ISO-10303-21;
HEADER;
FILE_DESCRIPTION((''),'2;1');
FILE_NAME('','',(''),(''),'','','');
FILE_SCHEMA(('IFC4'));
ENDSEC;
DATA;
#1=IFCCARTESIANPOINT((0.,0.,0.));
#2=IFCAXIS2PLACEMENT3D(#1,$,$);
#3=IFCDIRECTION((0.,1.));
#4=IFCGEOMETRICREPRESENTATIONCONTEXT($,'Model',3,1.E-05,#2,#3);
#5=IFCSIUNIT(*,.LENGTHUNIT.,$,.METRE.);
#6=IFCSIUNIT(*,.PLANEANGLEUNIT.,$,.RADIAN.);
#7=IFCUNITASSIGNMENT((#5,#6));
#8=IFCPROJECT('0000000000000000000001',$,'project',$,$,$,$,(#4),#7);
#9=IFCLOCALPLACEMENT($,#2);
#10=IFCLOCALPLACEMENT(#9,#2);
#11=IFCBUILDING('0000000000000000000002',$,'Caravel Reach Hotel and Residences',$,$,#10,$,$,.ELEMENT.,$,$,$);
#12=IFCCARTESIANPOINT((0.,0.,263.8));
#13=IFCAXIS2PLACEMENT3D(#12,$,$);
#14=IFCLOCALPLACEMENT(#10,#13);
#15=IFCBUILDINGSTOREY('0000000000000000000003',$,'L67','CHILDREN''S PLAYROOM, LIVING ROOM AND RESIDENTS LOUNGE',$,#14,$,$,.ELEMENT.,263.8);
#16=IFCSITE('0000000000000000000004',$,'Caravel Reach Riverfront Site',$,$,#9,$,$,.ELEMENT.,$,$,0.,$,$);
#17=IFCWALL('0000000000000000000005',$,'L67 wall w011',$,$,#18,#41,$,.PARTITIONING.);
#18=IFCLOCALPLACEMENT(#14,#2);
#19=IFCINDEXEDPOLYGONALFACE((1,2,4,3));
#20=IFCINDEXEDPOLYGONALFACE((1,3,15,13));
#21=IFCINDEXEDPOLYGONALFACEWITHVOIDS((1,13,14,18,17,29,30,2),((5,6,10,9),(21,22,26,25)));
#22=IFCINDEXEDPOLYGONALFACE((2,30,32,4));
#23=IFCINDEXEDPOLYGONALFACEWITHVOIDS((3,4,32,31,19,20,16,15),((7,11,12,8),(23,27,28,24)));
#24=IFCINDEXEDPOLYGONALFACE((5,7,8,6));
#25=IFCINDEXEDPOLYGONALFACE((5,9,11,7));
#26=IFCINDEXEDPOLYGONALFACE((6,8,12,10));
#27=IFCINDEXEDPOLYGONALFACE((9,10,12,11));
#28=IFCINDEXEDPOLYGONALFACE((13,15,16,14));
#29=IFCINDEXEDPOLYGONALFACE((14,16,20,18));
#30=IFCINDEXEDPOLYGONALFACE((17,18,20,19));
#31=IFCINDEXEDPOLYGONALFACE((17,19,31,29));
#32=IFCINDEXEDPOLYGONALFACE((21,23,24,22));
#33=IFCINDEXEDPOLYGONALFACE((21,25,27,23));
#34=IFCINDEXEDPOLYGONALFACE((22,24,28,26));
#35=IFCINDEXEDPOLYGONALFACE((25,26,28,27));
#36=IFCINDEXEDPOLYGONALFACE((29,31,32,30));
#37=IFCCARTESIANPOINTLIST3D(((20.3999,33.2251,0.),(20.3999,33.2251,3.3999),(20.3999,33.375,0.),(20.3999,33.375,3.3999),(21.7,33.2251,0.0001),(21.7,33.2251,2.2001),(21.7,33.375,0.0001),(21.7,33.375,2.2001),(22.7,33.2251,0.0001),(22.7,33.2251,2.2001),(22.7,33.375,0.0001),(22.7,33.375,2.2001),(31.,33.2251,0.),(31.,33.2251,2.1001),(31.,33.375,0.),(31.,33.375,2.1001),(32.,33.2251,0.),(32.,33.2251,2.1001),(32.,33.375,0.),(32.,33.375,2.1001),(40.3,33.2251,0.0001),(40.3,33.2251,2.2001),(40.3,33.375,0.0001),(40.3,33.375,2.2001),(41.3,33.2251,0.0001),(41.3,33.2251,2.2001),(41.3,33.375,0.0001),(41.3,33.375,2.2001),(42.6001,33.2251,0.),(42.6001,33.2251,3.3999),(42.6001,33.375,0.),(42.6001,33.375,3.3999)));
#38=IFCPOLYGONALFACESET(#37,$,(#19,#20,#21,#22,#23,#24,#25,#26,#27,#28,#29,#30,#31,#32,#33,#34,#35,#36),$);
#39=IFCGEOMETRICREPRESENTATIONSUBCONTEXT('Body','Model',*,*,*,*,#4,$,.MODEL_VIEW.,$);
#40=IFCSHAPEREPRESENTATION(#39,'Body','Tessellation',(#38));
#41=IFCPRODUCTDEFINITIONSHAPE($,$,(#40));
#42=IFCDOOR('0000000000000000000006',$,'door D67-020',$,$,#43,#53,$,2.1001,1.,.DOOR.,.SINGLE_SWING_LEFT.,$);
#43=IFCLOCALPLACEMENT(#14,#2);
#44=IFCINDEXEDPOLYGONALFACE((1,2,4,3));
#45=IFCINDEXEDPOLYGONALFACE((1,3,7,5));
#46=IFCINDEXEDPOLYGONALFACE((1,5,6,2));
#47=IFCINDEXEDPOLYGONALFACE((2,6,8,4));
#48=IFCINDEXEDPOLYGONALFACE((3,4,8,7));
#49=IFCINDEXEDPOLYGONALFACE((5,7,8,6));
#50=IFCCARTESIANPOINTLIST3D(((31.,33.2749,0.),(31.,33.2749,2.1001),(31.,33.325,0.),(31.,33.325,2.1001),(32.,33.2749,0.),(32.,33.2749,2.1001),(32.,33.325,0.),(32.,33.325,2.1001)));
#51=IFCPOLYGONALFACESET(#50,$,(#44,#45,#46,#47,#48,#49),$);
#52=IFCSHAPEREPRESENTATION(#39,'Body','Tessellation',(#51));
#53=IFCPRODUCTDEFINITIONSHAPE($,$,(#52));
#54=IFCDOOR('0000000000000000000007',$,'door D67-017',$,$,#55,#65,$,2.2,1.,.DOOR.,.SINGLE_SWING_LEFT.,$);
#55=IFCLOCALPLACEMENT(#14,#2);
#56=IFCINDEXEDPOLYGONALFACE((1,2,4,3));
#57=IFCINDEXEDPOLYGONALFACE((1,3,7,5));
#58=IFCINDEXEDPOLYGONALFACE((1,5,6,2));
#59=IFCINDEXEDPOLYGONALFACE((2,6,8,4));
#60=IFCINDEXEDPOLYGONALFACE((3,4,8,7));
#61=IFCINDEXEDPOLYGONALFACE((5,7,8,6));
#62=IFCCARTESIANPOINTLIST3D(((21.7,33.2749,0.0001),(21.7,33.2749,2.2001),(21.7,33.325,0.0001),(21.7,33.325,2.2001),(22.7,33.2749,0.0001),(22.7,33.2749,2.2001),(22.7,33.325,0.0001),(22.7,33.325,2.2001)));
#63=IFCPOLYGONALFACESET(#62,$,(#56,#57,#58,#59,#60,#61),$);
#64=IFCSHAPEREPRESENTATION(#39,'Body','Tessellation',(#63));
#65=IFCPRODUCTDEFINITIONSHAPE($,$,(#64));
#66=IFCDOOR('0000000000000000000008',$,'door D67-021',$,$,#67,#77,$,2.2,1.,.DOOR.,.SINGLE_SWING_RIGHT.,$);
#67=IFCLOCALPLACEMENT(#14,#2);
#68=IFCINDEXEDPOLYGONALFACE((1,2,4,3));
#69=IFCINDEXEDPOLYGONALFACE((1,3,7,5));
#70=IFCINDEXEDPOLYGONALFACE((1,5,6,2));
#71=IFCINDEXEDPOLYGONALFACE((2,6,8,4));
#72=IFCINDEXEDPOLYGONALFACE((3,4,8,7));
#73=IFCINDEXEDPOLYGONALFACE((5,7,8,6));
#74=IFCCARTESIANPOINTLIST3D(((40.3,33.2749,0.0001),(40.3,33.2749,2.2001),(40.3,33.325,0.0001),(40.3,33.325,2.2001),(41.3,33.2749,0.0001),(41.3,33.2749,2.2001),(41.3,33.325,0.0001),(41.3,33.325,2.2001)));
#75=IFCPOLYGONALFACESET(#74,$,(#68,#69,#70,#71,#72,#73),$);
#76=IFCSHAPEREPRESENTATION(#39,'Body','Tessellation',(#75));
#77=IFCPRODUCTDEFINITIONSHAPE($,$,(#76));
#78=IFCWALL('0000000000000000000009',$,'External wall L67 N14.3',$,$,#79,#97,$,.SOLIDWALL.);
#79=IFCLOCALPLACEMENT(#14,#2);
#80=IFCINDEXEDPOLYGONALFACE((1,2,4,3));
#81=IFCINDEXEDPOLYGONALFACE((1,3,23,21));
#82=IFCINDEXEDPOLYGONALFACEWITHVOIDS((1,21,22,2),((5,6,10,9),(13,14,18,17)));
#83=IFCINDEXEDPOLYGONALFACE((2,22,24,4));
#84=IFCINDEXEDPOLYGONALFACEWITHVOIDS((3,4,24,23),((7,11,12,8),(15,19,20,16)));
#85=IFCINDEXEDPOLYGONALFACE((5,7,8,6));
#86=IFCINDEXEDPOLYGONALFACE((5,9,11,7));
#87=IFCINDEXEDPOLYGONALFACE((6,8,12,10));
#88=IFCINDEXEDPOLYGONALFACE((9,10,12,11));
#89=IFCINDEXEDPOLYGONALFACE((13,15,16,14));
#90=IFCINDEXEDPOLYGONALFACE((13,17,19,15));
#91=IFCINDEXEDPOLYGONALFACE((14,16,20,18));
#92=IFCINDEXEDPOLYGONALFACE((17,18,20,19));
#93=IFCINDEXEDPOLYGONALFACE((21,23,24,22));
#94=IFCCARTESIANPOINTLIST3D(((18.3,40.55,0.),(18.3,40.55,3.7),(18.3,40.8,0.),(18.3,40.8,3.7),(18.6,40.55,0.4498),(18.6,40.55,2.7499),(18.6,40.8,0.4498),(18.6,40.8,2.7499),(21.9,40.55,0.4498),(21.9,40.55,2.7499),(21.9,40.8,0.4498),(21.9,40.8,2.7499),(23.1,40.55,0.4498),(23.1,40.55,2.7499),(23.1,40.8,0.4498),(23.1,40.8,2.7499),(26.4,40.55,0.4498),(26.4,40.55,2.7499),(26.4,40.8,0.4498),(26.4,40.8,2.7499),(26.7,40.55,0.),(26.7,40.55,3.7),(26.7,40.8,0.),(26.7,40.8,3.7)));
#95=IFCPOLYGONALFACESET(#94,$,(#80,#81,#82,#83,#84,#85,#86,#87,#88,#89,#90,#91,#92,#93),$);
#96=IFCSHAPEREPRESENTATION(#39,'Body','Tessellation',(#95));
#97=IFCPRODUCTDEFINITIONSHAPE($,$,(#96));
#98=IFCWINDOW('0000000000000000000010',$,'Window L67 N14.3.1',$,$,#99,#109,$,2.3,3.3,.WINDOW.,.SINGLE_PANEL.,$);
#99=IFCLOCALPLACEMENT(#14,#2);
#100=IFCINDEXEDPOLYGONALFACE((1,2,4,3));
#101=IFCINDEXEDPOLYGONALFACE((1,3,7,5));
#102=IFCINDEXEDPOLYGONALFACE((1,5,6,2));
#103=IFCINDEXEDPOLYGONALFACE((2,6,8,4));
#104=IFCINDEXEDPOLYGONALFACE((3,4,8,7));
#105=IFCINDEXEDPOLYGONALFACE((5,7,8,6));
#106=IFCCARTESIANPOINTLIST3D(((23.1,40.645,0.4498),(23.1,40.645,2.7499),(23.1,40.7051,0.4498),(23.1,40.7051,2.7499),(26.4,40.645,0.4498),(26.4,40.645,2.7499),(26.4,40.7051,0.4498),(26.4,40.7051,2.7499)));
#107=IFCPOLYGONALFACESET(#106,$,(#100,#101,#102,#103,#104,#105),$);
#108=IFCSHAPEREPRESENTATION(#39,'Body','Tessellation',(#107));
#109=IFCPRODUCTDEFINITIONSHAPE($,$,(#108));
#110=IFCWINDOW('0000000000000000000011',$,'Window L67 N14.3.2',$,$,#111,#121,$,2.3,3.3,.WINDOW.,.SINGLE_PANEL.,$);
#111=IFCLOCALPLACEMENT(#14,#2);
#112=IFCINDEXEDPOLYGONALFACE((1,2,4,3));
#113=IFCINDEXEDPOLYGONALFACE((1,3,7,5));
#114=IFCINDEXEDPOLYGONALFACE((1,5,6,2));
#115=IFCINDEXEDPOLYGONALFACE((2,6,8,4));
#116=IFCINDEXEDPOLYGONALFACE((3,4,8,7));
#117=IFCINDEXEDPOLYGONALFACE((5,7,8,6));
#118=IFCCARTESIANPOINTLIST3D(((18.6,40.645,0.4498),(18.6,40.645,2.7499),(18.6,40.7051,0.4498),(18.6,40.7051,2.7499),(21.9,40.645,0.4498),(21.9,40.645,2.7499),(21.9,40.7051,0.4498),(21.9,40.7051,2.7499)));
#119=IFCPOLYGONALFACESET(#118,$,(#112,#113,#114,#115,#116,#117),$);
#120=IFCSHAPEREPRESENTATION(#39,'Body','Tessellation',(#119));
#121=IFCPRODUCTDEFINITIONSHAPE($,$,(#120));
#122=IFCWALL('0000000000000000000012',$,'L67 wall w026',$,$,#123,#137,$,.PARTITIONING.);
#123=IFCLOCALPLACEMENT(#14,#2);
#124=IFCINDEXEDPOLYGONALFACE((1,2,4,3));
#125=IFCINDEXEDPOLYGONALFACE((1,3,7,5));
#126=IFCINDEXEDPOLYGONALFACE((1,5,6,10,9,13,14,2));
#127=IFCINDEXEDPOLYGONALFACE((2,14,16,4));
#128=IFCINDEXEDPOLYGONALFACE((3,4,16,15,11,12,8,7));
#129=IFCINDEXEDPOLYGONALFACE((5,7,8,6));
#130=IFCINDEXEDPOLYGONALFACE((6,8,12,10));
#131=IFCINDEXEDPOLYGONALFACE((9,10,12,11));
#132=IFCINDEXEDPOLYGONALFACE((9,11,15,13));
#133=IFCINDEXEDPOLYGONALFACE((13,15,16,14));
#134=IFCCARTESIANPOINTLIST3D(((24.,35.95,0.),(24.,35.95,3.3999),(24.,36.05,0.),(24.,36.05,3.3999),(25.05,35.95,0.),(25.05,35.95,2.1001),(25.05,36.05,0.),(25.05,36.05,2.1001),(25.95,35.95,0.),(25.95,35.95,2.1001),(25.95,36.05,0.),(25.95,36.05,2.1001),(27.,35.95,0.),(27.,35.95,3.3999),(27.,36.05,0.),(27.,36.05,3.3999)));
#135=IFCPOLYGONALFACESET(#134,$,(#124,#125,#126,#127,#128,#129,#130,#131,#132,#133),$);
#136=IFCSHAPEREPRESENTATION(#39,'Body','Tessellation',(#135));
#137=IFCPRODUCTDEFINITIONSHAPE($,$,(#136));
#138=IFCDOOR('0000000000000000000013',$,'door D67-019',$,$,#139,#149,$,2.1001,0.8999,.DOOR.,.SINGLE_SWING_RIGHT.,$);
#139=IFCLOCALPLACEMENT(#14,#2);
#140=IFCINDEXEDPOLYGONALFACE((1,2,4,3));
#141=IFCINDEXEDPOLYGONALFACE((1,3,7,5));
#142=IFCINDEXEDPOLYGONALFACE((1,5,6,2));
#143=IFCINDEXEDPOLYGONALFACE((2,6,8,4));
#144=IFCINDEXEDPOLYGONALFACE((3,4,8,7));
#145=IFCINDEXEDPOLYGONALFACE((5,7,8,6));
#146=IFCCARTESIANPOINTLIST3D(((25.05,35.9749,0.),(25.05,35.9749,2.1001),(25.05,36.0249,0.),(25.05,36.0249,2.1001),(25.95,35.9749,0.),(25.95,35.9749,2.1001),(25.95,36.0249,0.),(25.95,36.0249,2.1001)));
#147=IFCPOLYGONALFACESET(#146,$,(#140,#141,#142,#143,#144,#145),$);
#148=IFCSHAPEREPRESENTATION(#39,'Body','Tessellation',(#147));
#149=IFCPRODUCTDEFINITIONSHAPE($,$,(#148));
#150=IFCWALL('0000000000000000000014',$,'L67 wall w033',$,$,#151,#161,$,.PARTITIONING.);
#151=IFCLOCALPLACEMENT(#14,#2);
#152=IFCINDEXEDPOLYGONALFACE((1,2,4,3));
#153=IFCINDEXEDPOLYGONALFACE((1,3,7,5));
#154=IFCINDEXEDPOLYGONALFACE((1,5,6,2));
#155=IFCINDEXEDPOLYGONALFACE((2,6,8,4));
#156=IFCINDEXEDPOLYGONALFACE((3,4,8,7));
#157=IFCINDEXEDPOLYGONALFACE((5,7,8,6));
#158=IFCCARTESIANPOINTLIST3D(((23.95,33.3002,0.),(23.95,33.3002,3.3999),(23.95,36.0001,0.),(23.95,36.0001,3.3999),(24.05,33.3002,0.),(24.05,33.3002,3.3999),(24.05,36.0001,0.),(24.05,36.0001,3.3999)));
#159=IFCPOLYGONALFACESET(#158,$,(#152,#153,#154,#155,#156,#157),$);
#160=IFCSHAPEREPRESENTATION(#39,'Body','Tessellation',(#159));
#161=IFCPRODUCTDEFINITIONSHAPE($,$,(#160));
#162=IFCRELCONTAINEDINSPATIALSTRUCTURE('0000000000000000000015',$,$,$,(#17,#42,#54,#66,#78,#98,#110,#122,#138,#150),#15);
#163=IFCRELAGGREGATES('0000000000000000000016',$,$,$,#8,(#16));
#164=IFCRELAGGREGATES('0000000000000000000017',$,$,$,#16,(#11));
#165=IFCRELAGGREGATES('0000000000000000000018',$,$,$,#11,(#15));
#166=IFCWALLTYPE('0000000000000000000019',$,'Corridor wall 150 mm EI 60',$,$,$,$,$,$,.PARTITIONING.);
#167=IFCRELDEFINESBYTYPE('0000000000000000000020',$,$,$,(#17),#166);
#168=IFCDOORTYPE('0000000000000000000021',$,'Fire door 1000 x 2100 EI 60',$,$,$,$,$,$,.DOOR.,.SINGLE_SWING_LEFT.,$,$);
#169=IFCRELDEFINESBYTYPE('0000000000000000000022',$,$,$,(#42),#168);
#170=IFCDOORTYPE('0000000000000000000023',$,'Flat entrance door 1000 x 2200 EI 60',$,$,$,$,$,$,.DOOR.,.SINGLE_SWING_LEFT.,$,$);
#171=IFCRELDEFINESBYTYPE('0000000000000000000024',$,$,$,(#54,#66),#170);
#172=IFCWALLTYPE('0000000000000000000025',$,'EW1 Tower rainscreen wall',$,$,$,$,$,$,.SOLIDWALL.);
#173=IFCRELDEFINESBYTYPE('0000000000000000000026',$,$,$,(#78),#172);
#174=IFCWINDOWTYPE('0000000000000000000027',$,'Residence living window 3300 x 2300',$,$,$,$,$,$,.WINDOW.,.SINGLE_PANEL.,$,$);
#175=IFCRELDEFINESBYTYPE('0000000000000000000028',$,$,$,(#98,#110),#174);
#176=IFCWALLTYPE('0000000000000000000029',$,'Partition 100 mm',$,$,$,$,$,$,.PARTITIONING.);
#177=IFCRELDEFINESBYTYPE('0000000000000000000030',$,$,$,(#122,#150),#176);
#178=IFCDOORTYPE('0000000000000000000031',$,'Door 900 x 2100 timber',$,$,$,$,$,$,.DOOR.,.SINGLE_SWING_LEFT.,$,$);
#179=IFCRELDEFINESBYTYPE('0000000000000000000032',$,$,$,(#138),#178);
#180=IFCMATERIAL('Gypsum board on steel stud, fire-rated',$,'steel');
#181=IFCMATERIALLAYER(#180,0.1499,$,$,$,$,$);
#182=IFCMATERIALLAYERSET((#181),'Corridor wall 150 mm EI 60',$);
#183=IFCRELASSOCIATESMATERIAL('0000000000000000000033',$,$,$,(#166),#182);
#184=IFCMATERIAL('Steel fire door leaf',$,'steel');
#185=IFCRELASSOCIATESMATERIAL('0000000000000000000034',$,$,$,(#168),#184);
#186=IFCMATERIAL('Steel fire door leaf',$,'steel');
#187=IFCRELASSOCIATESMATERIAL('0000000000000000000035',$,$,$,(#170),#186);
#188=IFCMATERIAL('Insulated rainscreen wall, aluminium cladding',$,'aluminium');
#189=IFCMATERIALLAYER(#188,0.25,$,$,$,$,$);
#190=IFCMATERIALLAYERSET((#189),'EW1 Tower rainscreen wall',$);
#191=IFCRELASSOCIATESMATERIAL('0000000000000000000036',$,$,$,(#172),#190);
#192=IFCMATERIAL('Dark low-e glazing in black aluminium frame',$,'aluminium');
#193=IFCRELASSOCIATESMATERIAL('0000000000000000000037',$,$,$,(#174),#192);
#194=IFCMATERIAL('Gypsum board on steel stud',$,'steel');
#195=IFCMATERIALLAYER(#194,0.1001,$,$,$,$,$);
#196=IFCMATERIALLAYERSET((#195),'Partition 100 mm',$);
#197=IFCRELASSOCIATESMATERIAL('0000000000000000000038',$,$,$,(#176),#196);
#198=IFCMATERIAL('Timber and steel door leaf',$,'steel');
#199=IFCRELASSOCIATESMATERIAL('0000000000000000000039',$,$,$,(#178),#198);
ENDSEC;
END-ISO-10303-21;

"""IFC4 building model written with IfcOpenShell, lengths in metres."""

from ifc_helpers import new_model, si_unit, direction, frame, frame_2d, origin, place, context, subcontext, project, spatial, rectangle, extrude, material, layer, layer_set, type_object, element, fill, save


model = new_model("IFC4")

# Units and contexts
model_context = context("Model", 3, precision=1e-05, world=origin(), true_north=direction((0.0, 1.0)))
body_context = subcontext(model_context, "Body", "Model", "MODEL_VIEW")
ifc_project = project(units=[si_unit("LENGTHUNIT", "METRE"), si_unit("PLANEANGLEUNIT", "RADIAN")], contexts=[model_context])

# Site, building, storey
site_placement = place(None, origin())
site = spatial("IfcSite", under=ifc_project, at=site_placement, Name="Caravel Reach Riverfront Site", CompositionType="ELEMENT", RefElevation=0.0)
building_placement = place(site_placement, origin())
building = spatial("IfcBuilding", under=site, at=building_placement, Name="Caravel Reach Hotel and Residences", CompositionType="ELEMENT")
storey_placement = place(building_placement, frame((0.0, 0.0, 263.8)))
storey = spatial("IfcBuildingStorey", under=building, at=storey_placement, Name="L67", Description="CHILDREN'S PLAYROOM, LIVING ROOM AND RESIDENTS LOUNGE", CompositionType="ELEMENT", Elevation=263.8)

# Wall, openings, doors
ifc_material_1 = material(Name="Gypsum board on steel stud, fire-rated", Category="steel")
ifc_layer_1 = layer(ifc_material_1, 0.1499)
ifc_layer_set_1 = layer_set([ifc_layer_1], Name="Corridor wall 150 mm EI 60")
wall_type_1 = type_object("IfcWallType", Name="Corridor wall 150 mm EI 60", PredefinedType="PARTITIONING", material=ifc_layer_set_1)
wall_1_placement = place(storey_placement, frame((20.3999, 33.3, 0.0), z_axis=(0.0, 0.0, 1.0), x_axis=(1.0, 0.0, 0.0)))
wall_1 = element("IfcWall", 1, at=wall_1_placement, inside=storey, type_object=wall_type_1, Name="L67 wall w011", PredefinedType="PARTITIONING", context=body_context, shape_type="SweptSolid", body=[
    extrude(rectangle(XDim=22.2002, YDim=0.1499, at=frame_2d((11.1001, 0.0))), origin(), (0.0, 0.0, 1.0), 3.3999),
])
opening_1_placement = place(wall_1_placement, frame((1.3, 0.0, 0.0)))
opening_1 = element("IfcOpeningElement", 2, at=opening_1_placement, cuts=wall_1, PredefinedType="OPENING", context=body_context, shape_type="SweptSolid", body=[
    extrude(rectangle(XDim=1.0, YDim=2.2, at=frame_2d((0.5, 1.1001))), frame((0.0, 0.085, 0.0), z_axis=(0.0, -1.0, 0.0), x_axis=(1.0, 0.0, 0.0)), (0.0, 0.0, 1.0), 0.1699),
])
opening_2_placement = place(wall_1_placement, frame((10.6001, 0.0, 0.0)))
opening_2 = element("IfcOpeningElement", 3, at=opening_2_placement, cuts=wall_1, PredefinedType="OPENING", context=body_context, shape_type="SweptSolid", body=[
    extrude(rectangle(XDim=1.0, YDim=2.1001, at=frame_2d((0.5, 1.05))), frame((0.0, 0.085, 0.0), z_axis=(0.0, -1.0, 0.0), x_axis=(1.0, 0.0, 0.0)), (0.0, 0.0, 1.0), 0.1699),
])
opening_3_placement = place(wall_1_placement, frame((19.9001, 0.0, 0.0)))
opening_3 = element("IfcOpeningElement", 4, at=opening_3_placement, cuts=wall_1, PredefinedType="OPENING", context=body_context, shape_type="SweptSolid", body=[
    extrude(rectangle(XDim=1.0, YDim=2.2, at=frame_2d((0.5, 1.1001))), frame((0.0, 0.085, 0.0), z_axis=(0.0, -1.0, 0.0), x_axis=(1.0, 0.0, 0.0)), (0.0, 0.0, 1.0), 0.1699),
])
ifc_material_2 = material(Name="Steel fire door leaf", Category="steel")
door_type_1 = type_object("IfcDoorType", Name="Fire door 1000 x 2100 EI 60", OperationType="SINGLE_SWING_LEFT", PredefinedType="DOOR", material=ifc_material_2)
door_1_placement = place(opening_2_placement, origin())
door_1 = element("IfcDoor", 5, at=door_1_placement, inside=storey, type_object=door_type_1, Name="door D67-020", OperationType="SINGLE_SWING_LEFT", OverallHeight=2.1001, OverallWidth=1.0, PredefinedType="DOOR", context=body_context, shape_type="SweptSolid", body=[
    extrude(rectangle(XDim=1.0, YDim=2.1001, at=frame_2d((0.5, 1.05))), frame((0.0, 0.0249, 0.0), z_axis=(0.0, -1.0, 0.0), x_axis=(1.0, 0.0, 0.0)), (0.0, 0.0, 1.0), 0.05),
])
fill(opening_2, door_1)
ifc_material_3 = material(Name="Steel fire door leaf", Category="steel")
door_type_2 = type_object("IfcDoorType", Name="Flat entrance door 1000 x 2200 EI 60", OperationType="SINGLE_SWING_LEFT", PredefinedType="DOOR", material=ifc_material_3)
door_2_placement = place(opening_1_placement, origin())
door_2 = element("IfcDoor", 6, at=door_2_placement, inside=storey, type_object=door_type_2, Name="door D67-017", OperationType="SINGLE_SWING_LEFT", OverallHeight=2.2, OverallWidth=1.0, PredefinedType="DOOR", context=body_context, shape_type="SweptSolid", body=[
    extrude(rectangle(XDim=1.0, YDim=2.2, at=frame_2d((0.5, 1.1001))), frame((0.0, 0.0249, 0.0), z_axis=(0.0, -1.0, 0.0), x_axis=(1.0, 0.0, 0.0)), (0.0, 0.0, 1.0), 0.05),
])
fill(opening_1, door_2)
door_3_placement = place(opening_3_placement, origin())
door_3 = element("IfcDoor", 7, at=door_3_placement, inside=storey, type_object=door_type_2, Name="door D67-021", OperationType="SINGLE_SWING_RIGHT", OverallHeight=2.2, OverallWidth=1.0, PredefinedType="DOOR", context=body_context, shape_type="SweptSolid", body=[
    extrude(rectangle(XDim=1.0, YDim=2.2, at=frame_2d((0.5, 1.1001))), frame((0.0, 0.0249, 0.0), z_axis=(0.0, -1.0, 0.0), x_axis=(1.0, 0.0, 0.0)), (0.0, 0.0, 1.0), 0.05),
])
fill(opening_3, door_3)

# Wall, openings, windows
ifc_material_4 = material(Name="Insulated rainscreen wall, aluminium cladding", Category="aluminium")
ifc_layer_2 = layer(ifc_material_4, 0.25)
ifc_layer_set_2 = layer_set([ifc_layer_2], Name="EW1 Tower rainscreen wall")
wall_type_2 = type_object("IfcWallType", Name="EW1 Tower rainscreen wall", PredefinedType="SOLIDWALL", material=ifc_layer_set_2)
wall_2_placement = place(storey_placement, frame((26.7, 40.675, 0.0), z_axis=(0.0, 0.0, 1.0), x_axis=(-1.0, 0.0, 0.0)))
wall_2 = element("IfcWall", 8, at=wall_2_placement, inside=storey, type_object=wall_type_2, Name="External wall L67 N14.3", PredefinedType="SOLIDWALL", context=body_context, shape_type="SweptSolid", body=[
    extrude(rectangle(XDim=8.3999, YDim=0.25, at=frame_2d((4.2, 0.0))), origin(), (0.0, 0.0, 1.0), 3.7),
])
opening_4_placement = place(wall_2_placement, frame((0.3, 0.0, 0.45)))
opening_4 = element("IfcOpeningElement", 9, at=opening_4_placement, cuts=wall_2, PredefinedType="OPENING", context=body_context, shape_type="SweptSolid", body=[
    extrude(rectangle(XDim=3.3, YDim=2.3, at=frame_2d((1.6499, 1.1499))), frame((0.0, 0.135, 0.0), z_axis=(0.0, -1.0, 0.0), x_axis=(1.0, 0.0, 0.0)), (0.0, 0.0, 1.0), 0.27),
])
opening_5_placement = place(wall_2_placement, frame((4.8, 0.0, 0.45)))
opening_5 = element("IfcOpeningElement", 10, at=opening_5_placement, cuts=wall_2, PredefinedType="OPENING", context=body_context, shape_type="SweptSolid", body=[
    extrude(rectangle(XDim=3.3, YDim=2.3, at=frame_2d((1.6499, 1.1499))), frame((0.0, 0.135, 0.0), z_axis=(0.0, -1.0, 0.0), x_axis=(1.0, 0.0, 0.0)), (0.0, 0.0, 1.0), 0.27),
])
ifc_material_5 = material(Name="Dark low-e glazing in black aluminium frame", Category="aluminium")
window_type = type_object("IfcWindowType", Name="Residence living window 3300 x 2300", PartitioningType="SINGLE_PANEL", PredefinedType="WINDOW", material=ifc_material_5)
window_1_placement = place(opening_4_placement, origin())
window_1 = element("IfcWindow", 11, at=window_1_placement, inside=storey, type_object=window_type, Name="Window L67 N14.3.1", OverallHeight=2.3, OverallWidth=3.3, PartitioningType="SINGLE_PANEL", PredefinedType="WINDOW", context=body_context, shape_type="SweptSolid", body=[
    extrude(rectangle(XDim=3.3, YDim=2.3, at=frame_2d((1.6499, 1.1499))), frame((0.0, 0.03, 0.0), z_axis=(0.0, -1.0, 0.0), x_axis=(1.0, 0.0, 0.0)), (0.0, 0.0, 1.0), 0.0601),
])
fill(opening_4, window_1)
window_2_placement = place(opening_5_placement, origin())
window_2 = element("IfcWindow", 12, at=window_2_placement, inside=storey, type_object=window_type, Name="Window L67 N14.3.2", OverallHeight=2.3, OverallWidth=3.3, PartitioningType="SINGLE_PANEL", PredefinedType="WINDOW", context=body_context, shape_type="SweptSolid", body=[
    extrude(rectangle(XDim=3.3, YDim=2.3, at=frame_2d((1.6499, 1.1499))), frame((0.0, 0.03, 0.0), z_axis=(0.0, -1.0, 0.0), x_axis=(1.0, 0.0, 0.0)), (0.0, 0.0, 1.0), 0.0601),
])
fill(opening_5, window_2)

# Wall, opening, door
ifc_material_6 = material(Name="Gypsum board on steel stud", Category="steel")
ifc_layer_3 = layer(ifc_material_6, 0.1001)
ifc_layer_set_3 = layer_set([ifc_layer_3], Name="Partition 100 mm")
wall_type_3 = type_object("IfcWallType", Name="Partition 100 mm", PredefinedType="PARTITIONING", material=ifc_layer_set_3)
wall_3_placement = place(storey_placement, frame((24.0, 36.0, 0.0), z_axis=(0.0, 0.0, 1.0), x_axis=(1.0, 0.0, 0.0)))
wall_3 = element("IfcWall", 13, at=wall_3_placement, inside=storey, type_object=wall_type_3, Name="L67 wall w026", PredefinedType="PARTITIONING", context=body_context, shape_type="SweptSolid", body=[
    extrude(rectangle(XDim=3.0, YDim=0.1001, at=frame_2d((1.5, 0.0))), origin(), (0.0, 0.0, 1.0), 3.3999),
])
opening_6_placement = place(wall_3_placement, frame((1.05, 0.0, 0.0)))
opening_6 = element("IfcOpeningElement", 14, at=opening_6_placement, cuts=wall_3, PredefinedType="OPENING", context=body_context, shape_type="SweptSolid", body=[
    extrude(rectangle(XDim=0.8999, YDim=2.1001, at=frame_2d((0.45, 1.05))), frame((0.0, 0.0601, 0.0), z_axis=(0.0, -1.0, 0.0), x_axis=(1.0, 0.0, 0.0)), (0.0, 0.0, 1.0), 0.1201),
])
ifc_material_7 = material(Name="Timber and steel door leaf", Category="steel")
door_type_3 = type_object("IfcDoorType", Name="Door 900 x 2100 timber", OperationType="SINGLE_SWING_LEFT", PredefinedType="DOOR", material=ifc_material_7)
door_4_placement = place(opening_6_placement, origin())
door_4 = element("IfcDoor", 15, at=door_4_placement, inside=storey, type_object=door_type_3, Name="door D67-019", OperationType="SINGLE_SWING_RIGHT", OverallHeight=2.1001, OverallWidth=0.8999, PredefinedType="DOOR", context=body_context, shape_type="SweptSolid", body=[
    extrude(rectangle(XDim=0.8999, YDim=2.1001, at=frame_2d((0.45, 1.05))), frame((0.0, 0.0249, 0.0), z_axis=(0.0, -1.0, 0.0), x_axis=(1.0, 0.0, 0.0)), (0.0, 0.0, 1.0), 0.05),
])
fill(opening_6, door_4)

# Wall
wall_4_placement = place(storey_placement, frame((24.0, 33.3, 0.0), z_axis=(0.0, 0.0, 1.0), x_axis=(0.0, 1.0, 0.0)))
element("IfcWall", 16, at=wall_4_placement, inside=storey, type_object=wall_type_3, Name="L67 wall w033", PredefinedType="PARTITIONING", context=body_context, shape_type="SweptSolid", body=[
    extrude(rectangle(XDim=2.7, YDim=0.1001, at=frame_2d((1.3501, 0.0))), origin(), (0.0, 0.0, 1.0), 3.3999),
])

save(model, "model.ifc")
